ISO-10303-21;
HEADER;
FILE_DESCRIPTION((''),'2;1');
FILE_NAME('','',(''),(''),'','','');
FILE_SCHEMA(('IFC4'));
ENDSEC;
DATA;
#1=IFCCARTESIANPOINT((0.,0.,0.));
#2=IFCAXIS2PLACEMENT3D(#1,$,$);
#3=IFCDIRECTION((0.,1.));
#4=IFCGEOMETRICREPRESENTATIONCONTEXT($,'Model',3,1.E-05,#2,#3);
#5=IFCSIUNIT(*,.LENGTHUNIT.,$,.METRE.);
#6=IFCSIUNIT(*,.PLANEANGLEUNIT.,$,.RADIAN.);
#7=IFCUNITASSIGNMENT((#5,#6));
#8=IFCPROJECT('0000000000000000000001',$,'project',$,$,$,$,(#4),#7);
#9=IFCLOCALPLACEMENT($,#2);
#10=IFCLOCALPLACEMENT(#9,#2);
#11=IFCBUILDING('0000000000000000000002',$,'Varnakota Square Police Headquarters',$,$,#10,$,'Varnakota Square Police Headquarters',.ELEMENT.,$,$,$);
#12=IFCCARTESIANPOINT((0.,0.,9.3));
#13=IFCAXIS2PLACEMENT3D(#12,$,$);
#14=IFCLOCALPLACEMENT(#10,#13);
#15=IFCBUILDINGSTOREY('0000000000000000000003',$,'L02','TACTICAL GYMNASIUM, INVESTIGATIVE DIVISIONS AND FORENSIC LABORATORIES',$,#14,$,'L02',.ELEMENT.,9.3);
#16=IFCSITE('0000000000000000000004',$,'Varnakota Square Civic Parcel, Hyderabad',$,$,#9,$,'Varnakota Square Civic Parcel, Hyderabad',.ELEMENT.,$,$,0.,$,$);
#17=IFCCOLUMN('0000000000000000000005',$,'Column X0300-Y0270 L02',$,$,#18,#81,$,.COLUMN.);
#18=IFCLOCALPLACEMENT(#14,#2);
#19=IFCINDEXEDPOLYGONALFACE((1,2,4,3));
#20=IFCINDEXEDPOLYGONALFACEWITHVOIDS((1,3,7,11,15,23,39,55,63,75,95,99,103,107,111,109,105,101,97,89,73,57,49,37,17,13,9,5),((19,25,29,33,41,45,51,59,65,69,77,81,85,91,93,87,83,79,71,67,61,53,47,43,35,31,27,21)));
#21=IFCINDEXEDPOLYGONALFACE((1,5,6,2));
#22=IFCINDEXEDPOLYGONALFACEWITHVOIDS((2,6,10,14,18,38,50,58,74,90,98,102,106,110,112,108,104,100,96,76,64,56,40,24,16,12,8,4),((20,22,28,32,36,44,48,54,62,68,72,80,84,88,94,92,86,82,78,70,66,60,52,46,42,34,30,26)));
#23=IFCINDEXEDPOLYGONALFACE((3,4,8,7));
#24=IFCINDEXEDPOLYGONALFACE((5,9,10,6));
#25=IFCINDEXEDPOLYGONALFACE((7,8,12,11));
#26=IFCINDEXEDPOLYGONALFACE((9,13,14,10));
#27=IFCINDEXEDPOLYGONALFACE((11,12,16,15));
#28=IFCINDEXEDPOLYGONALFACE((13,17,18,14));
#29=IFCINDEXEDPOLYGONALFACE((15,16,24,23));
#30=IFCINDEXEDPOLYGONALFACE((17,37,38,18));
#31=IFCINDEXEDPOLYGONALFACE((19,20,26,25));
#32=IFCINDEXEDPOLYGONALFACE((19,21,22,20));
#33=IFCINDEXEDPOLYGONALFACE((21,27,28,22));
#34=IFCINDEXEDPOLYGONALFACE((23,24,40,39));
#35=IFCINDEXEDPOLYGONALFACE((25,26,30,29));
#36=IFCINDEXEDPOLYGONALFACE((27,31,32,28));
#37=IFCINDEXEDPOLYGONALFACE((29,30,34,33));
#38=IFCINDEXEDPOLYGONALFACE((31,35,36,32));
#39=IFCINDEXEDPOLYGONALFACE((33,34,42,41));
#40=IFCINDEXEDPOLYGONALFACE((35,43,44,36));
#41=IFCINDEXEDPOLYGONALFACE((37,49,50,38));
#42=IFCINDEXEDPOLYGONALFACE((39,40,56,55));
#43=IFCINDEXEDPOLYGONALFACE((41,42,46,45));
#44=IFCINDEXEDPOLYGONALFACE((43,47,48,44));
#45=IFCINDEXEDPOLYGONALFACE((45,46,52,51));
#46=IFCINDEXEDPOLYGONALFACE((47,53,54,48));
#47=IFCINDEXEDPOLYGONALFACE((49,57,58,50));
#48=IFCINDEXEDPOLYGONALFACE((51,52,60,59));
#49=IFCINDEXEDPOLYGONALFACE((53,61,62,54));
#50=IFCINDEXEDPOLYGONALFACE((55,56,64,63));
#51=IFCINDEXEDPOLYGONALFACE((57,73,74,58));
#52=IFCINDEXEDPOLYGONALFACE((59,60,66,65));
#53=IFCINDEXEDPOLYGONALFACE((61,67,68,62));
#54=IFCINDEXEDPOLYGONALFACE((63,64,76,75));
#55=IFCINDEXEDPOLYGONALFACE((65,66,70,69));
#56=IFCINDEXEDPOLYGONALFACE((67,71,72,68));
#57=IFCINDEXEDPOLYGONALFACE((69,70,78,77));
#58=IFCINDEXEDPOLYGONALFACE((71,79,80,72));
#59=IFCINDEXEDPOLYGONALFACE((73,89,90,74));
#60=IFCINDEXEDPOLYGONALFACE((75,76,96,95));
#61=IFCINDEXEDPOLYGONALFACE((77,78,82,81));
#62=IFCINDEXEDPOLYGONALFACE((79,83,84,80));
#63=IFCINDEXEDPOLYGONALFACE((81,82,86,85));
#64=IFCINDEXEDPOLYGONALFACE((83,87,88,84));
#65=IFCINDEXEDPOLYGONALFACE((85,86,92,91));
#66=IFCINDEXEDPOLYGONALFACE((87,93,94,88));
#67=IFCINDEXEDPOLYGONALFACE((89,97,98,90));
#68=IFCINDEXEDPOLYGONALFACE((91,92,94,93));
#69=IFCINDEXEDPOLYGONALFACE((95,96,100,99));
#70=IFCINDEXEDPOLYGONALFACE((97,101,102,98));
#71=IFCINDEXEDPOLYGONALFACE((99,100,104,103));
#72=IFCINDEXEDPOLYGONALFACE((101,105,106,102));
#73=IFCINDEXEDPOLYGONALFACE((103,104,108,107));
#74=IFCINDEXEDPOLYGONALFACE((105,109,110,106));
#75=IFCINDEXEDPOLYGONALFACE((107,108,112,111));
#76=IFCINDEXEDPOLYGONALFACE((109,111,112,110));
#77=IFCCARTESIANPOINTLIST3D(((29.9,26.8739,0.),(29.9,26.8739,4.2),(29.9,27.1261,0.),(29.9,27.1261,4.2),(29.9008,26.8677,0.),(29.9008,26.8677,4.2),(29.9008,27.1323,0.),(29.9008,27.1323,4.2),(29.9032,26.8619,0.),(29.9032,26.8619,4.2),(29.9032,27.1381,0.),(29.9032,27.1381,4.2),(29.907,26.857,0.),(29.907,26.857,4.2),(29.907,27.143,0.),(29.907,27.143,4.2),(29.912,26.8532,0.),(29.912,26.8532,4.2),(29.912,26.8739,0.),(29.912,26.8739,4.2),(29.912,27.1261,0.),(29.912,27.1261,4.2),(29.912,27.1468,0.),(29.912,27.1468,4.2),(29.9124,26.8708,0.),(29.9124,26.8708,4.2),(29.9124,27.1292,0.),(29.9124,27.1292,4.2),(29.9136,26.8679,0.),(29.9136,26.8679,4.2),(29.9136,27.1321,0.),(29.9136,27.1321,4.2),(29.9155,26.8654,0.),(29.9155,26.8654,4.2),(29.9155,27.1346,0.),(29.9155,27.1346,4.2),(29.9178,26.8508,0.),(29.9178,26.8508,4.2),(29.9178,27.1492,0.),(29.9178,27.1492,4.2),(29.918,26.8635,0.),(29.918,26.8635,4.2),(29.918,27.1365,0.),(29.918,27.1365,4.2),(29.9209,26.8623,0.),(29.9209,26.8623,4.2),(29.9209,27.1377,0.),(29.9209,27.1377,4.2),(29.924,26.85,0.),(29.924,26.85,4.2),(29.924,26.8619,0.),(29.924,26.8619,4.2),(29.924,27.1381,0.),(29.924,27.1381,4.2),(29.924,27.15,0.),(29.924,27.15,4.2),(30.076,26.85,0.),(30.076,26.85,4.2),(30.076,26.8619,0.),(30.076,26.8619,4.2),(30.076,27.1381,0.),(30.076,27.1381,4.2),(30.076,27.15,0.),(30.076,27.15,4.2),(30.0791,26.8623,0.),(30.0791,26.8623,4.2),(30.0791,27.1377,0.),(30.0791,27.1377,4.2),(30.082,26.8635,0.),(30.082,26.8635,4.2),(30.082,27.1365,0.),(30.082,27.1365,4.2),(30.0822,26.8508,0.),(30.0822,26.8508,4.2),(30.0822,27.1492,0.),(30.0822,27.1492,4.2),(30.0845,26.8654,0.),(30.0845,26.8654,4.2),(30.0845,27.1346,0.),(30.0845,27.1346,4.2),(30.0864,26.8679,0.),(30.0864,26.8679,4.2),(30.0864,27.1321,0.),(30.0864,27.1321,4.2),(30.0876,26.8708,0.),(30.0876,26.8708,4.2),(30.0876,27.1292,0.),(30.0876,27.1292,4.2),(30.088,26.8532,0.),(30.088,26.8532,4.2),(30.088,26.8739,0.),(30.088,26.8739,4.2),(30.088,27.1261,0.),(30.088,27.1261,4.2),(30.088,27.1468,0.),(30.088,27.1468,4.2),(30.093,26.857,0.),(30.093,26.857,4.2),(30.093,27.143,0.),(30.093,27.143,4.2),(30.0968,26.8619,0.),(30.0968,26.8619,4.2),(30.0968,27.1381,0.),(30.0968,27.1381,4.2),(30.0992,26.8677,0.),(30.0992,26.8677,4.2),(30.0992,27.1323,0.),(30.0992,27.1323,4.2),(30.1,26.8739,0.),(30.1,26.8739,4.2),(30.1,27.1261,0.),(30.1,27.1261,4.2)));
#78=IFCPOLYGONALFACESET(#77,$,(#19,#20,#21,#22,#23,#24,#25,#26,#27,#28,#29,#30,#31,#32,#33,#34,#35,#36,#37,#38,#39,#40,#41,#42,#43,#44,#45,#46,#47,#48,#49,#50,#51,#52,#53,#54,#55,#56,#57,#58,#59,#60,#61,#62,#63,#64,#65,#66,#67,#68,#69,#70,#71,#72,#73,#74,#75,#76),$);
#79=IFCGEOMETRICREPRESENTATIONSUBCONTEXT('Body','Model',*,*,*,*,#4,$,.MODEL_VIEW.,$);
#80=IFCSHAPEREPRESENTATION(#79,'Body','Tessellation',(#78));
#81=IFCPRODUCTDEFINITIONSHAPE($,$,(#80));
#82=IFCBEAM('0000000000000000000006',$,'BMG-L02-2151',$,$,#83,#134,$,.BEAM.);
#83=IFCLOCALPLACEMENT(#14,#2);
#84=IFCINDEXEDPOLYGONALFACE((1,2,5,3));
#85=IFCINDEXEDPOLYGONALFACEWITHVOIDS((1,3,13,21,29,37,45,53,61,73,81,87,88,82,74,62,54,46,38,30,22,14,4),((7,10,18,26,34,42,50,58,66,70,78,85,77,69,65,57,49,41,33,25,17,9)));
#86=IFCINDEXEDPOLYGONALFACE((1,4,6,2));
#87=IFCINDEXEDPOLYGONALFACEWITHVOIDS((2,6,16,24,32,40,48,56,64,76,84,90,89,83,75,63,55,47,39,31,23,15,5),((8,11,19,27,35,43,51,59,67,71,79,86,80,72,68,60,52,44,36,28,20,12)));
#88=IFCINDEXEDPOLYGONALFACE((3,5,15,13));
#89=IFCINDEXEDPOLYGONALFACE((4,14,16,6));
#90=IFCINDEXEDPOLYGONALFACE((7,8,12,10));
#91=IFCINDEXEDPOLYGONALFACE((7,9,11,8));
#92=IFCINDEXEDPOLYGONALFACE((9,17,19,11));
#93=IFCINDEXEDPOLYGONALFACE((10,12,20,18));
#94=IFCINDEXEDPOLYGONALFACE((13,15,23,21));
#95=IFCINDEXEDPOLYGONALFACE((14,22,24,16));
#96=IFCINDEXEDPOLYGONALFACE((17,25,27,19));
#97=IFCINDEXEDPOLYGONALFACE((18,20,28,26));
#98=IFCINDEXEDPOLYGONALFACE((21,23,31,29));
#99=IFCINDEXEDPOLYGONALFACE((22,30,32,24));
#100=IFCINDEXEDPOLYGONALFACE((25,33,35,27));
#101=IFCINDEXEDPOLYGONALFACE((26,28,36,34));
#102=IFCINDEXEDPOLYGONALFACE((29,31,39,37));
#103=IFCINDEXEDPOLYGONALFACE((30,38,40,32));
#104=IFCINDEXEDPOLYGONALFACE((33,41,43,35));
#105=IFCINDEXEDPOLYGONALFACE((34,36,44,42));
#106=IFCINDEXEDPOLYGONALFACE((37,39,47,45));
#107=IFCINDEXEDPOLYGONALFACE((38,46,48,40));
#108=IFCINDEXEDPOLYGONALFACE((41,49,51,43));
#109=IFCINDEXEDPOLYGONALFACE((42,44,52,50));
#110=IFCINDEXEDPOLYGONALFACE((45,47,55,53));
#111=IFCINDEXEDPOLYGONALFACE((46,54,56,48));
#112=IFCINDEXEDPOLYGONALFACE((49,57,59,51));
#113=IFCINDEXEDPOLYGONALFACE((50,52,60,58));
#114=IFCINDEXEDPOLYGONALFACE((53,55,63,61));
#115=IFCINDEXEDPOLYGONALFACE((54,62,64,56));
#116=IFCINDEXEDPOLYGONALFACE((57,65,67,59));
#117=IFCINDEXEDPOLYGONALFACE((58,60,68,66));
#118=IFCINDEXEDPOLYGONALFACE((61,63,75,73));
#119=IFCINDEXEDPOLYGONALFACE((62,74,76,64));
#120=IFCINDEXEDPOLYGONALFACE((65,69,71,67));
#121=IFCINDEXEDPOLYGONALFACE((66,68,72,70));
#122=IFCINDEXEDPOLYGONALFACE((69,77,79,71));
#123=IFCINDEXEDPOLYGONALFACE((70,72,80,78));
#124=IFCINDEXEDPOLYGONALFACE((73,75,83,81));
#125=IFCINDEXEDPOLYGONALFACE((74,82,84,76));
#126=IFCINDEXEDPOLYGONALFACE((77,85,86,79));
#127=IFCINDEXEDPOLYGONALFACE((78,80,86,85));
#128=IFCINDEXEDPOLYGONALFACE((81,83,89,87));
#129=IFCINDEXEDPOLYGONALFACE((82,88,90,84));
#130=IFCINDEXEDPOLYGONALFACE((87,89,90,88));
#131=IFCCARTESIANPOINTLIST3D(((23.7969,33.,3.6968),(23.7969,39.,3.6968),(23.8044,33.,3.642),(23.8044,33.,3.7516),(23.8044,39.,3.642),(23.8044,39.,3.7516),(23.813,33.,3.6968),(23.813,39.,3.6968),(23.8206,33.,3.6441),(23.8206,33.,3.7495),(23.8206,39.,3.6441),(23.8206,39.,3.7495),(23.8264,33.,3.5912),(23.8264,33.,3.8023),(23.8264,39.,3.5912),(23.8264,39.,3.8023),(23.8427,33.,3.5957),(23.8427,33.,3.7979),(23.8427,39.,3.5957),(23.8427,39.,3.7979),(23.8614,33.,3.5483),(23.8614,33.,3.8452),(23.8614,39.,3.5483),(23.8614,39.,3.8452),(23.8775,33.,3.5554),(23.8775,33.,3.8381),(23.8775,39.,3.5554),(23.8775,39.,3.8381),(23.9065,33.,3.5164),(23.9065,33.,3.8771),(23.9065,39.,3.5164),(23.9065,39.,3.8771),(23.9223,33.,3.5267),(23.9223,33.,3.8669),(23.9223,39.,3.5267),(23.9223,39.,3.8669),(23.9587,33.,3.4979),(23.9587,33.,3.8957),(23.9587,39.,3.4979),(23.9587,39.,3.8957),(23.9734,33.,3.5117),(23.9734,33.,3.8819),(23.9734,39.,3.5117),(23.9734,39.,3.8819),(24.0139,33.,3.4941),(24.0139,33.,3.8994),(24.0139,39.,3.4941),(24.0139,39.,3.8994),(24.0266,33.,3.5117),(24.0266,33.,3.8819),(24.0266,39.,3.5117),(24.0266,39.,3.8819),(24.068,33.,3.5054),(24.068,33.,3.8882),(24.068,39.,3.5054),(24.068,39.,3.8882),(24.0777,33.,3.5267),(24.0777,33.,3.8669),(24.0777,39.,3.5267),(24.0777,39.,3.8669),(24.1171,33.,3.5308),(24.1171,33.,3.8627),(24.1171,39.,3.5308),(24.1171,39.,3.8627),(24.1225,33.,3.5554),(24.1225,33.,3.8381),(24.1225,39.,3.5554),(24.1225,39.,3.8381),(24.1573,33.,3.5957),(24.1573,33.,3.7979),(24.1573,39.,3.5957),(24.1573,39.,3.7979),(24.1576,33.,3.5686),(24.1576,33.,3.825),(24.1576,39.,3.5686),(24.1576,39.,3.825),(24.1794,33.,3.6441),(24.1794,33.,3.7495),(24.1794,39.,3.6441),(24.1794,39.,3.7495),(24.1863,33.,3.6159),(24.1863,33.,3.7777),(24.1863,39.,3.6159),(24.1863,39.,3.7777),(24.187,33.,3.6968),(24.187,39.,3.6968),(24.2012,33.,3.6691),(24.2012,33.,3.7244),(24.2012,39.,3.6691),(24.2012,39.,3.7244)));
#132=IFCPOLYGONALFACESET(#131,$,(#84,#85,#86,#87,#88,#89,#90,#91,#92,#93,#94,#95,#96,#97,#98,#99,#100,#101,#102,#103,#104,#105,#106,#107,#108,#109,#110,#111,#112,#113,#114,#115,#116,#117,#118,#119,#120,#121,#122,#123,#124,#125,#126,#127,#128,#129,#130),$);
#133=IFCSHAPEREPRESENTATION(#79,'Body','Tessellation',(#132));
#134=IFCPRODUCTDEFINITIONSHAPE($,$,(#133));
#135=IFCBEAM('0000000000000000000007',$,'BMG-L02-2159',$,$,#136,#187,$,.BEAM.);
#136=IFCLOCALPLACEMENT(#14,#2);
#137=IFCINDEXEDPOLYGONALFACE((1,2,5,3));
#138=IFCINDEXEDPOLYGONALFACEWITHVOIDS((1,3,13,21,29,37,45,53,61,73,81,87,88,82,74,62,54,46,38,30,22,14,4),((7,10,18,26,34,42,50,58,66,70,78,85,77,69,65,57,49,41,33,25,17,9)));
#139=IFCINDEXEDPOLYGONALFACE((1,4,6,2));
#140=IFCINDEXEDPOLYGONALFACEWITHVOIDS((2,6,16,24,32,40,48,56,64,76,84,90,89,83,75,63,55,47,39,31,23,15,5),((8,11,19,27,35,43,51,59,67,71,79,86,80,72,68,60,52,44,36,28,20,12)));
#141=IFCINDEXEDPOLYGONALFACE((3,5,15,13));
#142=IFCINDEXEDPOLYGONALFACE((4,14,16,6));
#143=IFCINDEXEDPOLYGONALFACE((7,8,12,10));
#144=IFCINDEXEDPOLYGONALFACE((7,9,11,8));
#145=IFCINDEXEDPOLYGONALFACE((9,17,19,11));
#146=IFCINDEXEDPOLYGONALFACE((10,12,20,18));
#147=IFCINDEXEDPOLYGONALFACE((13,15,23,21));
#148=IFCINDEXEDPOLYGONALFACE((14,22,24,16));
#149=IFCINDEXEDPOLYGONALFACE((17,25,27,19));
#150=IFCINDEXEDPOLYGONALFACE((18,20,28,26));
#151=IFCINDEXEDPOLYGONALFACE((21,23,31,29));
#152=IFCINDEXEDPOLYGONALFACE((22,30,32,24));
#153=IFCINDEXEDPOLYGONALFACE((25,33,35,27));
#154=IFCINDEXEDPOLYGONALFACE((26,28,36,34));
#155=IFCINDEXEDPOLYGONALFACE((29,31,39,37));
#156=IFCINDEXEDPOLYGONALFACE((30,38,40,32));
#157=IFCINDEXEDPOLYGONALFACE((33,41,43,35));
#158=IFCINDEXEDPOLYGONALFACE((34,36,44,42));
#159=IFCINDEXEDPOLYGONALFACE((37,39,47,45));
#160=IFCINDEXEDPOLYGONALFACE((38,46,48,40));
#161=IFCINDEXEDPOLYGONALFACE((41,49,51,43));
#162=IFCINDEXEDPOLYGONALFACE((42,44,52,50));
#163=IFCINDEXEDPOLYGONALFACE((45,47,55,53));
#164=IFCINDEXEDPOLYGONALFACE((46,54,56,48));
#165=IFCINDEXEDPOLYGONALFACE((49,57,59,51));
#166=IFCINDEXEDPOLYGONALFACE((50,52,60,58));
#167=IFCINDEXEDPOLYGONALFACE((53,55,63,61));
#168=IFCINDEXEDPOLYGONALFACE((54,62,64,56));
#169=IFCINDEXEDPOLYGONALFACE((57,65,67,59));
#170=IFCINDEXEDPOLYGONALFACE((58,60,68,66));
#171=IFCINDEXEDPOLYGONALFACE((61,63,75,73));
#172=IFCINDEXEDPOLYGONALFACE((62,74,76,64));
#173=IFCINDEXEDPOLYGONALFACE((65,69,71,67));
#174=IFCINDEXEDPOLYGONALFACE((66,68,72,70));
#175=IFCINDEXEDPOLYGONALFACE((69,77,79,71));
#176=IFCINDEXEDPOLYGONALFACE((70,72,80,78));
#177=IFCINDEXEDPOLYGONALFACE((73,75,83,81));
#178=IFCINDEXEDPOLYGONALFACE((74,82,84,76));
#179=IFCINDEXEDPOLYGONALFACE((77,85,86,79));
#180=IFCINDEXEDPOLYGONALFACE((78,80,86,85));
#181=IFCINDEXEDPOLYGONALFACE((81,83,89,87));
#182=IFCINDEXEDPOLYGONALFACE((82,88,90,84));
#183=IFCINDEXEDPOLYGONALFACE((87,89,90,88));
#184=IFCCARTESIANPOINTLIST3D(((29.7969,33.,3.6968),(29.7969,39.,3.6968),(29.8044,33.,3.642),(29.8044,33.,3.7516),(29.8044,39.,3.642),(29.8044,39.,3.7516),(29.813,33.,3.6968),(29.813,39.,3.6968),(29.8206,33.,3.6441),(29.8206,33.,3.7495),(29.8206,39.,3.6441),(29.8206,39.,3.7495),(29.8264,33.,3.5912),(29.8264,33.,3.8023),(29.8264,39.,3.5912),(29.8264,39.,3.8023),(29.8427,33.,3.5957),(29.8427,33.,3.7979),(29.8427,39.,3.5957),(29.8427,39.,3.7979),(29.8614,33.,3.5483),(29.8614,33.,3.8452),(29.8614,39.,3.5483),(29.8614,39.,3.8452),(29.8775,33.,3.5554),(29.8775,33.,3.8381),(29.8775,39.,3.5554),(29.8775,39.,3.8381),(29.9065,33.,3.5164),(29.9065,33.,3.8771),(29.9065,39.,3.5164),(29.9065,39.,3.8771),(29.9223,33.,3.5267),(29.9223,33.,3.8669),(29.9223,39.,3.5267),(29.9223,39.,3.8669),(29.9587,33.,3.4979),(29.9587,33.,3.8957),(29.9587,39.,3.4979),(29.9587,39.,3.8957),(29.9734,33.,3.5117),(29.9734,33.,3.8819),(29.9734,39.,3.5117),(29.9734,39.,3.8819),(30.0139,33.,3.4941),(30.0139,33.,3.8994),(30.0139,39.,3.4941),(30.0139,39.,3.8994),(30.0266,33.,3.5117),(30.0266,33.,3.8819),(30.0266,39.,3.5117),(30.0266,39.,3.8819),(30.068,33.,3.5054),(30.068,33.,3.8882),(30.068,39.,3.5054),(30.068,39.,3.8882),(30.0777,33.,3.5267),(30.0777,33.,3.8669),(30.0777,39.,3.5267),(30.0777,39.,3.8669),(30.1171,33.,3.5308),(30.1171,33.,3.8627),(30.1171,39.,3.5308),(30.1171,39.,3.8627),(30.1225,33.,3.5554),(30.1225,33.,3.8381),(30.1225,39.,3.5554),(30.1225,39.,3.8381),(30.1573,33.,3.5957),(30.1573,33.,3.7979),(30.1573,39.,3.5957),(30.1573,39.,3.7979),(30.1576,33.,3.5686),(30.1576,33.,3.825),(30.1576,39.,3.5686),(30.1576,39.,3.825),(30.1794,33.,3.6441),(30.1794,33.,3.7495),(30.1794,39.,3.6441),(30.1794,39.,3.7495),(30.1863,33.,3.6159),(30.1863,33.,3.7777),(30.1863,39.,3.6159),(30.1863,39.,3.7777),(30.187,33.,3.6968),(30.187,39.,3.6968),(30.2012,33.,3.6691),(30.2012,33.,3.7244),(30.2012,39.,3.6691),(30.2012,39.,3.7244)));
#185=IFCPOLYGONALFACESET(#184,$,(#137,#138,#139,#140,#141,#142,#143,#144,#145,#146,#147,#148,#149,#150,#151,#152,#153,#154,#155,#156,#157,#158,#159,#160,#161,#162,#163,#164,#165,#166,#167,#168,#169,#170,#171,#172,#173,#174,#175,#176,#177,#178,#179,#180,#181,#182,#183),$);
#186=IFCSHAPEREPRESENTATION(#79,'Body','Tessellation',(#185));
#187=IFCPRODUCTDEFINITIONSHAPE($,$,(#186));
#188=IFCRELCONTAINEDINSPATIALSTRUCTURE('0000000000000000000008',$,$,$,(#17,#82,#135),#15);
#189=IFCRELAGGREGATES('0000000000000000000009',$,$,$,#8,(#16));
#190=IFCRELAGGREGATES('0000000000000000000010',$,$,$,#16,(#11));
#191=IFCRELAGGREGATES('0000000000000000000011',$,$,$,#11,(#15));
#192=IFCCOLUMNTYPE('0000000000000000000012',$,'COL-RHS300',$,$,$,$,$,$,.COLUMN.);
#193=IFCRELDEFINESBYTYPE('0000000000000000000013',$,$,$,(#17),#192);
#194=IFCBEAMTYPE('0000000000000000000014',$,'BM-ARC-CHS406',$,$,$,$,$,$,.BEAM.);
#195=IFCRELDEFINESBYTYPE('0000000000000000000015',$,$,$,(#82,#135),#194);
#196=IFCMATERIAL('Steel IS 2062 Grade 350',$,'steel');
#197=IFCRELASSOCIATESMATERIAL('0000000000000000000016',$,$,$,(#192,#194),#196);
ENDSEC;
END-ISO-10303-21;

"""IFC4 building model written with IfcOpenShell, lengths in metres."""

from ifc_helpers import new_model, si_unit, direction, frame, origin, origin_2d, place, context, subcontext, project, spatial, hollow_rectangle, hollow_circle, extrude, material, material_profile, profile_set, type_object, element, save


model = new_model("IFC4")

# Units and contexts
model_context = context("Model", 3, precision=1e-05, world=origin(), true_north=direction((0.0, 1.0)))
body_context = subcontext(model_context, "Body", "Model", "MODEL_VIEW")
ifc_project = project(units=[si_unit("LENGTHUNIT", "METRE"), si_unit("PLANEANGLEUNIT", "RADIAN")], contexts=[model_context])

# Site, building, storey
site_placement = place(None, origin())
site = spatial("IfcSite", under=ifc_project, at=site_placement, Name="Varnakota Square Civic Parcel, Hyderabad", LongName="Varnakota Square Civic Parcel, Hyderabad", CompositionType="ELEMENT", RefElevation=0.0)
building_placement = place(site_placement, origin())
building = spatial("IfcBuilding", under=site, at=building_placement, Name="Varnakota Square Police Headquarters", LongName="Varnakota Square Police Headquarters", CompositionType="ELEMENT")
storey_placement = place(building_placement, frame((0.0, 0.0, 9.3)))
storey = spatial("IfcBuildingStorey", under=building, at=storey_placement, Name="L02", Description="TACTICAL GYMNASIUM, INVESTIGATIVE DIVISIONS AND FORENSIC LABORATORIES", LongName="L02", CompositionType="ELEMENT", Elevation=9.3)

# Column
ifc_material_1 = material(Name="Steel IS 2062 Grade 350", Category="steel")
ifc_material_profile_1 = material_profile(ifc_material_1, hollow_rectangle(XDim=0.2, YDim=0.3, WallThickness=0.012, InnerFilletRadius=0.012, OuterFilletRadius=0.0239, at=origin_2d()), Name="RHS 300x200x12")
ifc_profile_set_1 = profile_set([ifc_material_profile_1], Name="Steel IS 2062 Grade 350")
column_type_1 = type_object("IfcColumnType", Name="COL-RHS300", PredefinedType="COLUMN", material=ifc_profile_set_1)
for number, where, z_axis, x_axis, name in (
    (1, (30.0, 27.0, 0.0), (0.0, 0.0, 1.0), (1.0, 0.0, 0.0), "Column X0300-Y0270 L02"),
):
    element("IfcColumn", number, at=place(storey_placement, frame(where, z_axis=z_axis, x_axis=x_axis)), inside=storey, type_object=column_type_1, Name=name, PredefinedType="COLUMN", context=body_context, shape_type="SweptSolid", body=[
        extrude(hollow_rectangle(XDim=0.2, YDim=0.3, WallThickness=0.012, InnerFilletRadius=0.012, OuterFilletRadius=0.0239, at=origin_2d()), origin(), (0.0, 0.0, 1.0), 4.2),
    ])

# Beams
ifc_material_profile_2 = material_profile(ifc_material_1, hollow_circle(Radius=0.2031, WallThickness=0.0161, at=origin_2d()), Name="CHS 406.4x16.0")
ifc_profile_set_2 = profile_set([ifc_material_profile_2], Name="Steel IS 2062 Grade 350")
beam_type_1 = type_object("IfcBeamType", Name="BM-ARC-CHS406", PredefinedType="BEAM", material=ifc_profile_set_2)
for number, where, z_axis, x_axis, name in (
    (2, (24.0, 33.0, 3.6968), (0.0, 1.0, 0.0), (-1.0, 0.0, 0.0), "BMG-L02-2151"),
    (3, (30.0, 33.0, 3.6968), (0.0, 1.0, 0.0), (-1.0, 0.0, 0.0), "BMG-L02-2159"),
):
    element("IfcBeam", number, at=place(storey_placement, frame(where, z_axis=z_axis, x_axis=x_axis)), inside=storey, type_object=beam_type_1, Name=name, PredefinedType="BEAM", context=body_context, shape_type="SweptSolid", body=[
        extrude(hollow_circle(Radius=0.2031, WallThickness=0.0161, at=origin_2d()), origin(), (0.0, 0.0, 1.0), 6.0),
    ])

save(model, "model.ifc")
